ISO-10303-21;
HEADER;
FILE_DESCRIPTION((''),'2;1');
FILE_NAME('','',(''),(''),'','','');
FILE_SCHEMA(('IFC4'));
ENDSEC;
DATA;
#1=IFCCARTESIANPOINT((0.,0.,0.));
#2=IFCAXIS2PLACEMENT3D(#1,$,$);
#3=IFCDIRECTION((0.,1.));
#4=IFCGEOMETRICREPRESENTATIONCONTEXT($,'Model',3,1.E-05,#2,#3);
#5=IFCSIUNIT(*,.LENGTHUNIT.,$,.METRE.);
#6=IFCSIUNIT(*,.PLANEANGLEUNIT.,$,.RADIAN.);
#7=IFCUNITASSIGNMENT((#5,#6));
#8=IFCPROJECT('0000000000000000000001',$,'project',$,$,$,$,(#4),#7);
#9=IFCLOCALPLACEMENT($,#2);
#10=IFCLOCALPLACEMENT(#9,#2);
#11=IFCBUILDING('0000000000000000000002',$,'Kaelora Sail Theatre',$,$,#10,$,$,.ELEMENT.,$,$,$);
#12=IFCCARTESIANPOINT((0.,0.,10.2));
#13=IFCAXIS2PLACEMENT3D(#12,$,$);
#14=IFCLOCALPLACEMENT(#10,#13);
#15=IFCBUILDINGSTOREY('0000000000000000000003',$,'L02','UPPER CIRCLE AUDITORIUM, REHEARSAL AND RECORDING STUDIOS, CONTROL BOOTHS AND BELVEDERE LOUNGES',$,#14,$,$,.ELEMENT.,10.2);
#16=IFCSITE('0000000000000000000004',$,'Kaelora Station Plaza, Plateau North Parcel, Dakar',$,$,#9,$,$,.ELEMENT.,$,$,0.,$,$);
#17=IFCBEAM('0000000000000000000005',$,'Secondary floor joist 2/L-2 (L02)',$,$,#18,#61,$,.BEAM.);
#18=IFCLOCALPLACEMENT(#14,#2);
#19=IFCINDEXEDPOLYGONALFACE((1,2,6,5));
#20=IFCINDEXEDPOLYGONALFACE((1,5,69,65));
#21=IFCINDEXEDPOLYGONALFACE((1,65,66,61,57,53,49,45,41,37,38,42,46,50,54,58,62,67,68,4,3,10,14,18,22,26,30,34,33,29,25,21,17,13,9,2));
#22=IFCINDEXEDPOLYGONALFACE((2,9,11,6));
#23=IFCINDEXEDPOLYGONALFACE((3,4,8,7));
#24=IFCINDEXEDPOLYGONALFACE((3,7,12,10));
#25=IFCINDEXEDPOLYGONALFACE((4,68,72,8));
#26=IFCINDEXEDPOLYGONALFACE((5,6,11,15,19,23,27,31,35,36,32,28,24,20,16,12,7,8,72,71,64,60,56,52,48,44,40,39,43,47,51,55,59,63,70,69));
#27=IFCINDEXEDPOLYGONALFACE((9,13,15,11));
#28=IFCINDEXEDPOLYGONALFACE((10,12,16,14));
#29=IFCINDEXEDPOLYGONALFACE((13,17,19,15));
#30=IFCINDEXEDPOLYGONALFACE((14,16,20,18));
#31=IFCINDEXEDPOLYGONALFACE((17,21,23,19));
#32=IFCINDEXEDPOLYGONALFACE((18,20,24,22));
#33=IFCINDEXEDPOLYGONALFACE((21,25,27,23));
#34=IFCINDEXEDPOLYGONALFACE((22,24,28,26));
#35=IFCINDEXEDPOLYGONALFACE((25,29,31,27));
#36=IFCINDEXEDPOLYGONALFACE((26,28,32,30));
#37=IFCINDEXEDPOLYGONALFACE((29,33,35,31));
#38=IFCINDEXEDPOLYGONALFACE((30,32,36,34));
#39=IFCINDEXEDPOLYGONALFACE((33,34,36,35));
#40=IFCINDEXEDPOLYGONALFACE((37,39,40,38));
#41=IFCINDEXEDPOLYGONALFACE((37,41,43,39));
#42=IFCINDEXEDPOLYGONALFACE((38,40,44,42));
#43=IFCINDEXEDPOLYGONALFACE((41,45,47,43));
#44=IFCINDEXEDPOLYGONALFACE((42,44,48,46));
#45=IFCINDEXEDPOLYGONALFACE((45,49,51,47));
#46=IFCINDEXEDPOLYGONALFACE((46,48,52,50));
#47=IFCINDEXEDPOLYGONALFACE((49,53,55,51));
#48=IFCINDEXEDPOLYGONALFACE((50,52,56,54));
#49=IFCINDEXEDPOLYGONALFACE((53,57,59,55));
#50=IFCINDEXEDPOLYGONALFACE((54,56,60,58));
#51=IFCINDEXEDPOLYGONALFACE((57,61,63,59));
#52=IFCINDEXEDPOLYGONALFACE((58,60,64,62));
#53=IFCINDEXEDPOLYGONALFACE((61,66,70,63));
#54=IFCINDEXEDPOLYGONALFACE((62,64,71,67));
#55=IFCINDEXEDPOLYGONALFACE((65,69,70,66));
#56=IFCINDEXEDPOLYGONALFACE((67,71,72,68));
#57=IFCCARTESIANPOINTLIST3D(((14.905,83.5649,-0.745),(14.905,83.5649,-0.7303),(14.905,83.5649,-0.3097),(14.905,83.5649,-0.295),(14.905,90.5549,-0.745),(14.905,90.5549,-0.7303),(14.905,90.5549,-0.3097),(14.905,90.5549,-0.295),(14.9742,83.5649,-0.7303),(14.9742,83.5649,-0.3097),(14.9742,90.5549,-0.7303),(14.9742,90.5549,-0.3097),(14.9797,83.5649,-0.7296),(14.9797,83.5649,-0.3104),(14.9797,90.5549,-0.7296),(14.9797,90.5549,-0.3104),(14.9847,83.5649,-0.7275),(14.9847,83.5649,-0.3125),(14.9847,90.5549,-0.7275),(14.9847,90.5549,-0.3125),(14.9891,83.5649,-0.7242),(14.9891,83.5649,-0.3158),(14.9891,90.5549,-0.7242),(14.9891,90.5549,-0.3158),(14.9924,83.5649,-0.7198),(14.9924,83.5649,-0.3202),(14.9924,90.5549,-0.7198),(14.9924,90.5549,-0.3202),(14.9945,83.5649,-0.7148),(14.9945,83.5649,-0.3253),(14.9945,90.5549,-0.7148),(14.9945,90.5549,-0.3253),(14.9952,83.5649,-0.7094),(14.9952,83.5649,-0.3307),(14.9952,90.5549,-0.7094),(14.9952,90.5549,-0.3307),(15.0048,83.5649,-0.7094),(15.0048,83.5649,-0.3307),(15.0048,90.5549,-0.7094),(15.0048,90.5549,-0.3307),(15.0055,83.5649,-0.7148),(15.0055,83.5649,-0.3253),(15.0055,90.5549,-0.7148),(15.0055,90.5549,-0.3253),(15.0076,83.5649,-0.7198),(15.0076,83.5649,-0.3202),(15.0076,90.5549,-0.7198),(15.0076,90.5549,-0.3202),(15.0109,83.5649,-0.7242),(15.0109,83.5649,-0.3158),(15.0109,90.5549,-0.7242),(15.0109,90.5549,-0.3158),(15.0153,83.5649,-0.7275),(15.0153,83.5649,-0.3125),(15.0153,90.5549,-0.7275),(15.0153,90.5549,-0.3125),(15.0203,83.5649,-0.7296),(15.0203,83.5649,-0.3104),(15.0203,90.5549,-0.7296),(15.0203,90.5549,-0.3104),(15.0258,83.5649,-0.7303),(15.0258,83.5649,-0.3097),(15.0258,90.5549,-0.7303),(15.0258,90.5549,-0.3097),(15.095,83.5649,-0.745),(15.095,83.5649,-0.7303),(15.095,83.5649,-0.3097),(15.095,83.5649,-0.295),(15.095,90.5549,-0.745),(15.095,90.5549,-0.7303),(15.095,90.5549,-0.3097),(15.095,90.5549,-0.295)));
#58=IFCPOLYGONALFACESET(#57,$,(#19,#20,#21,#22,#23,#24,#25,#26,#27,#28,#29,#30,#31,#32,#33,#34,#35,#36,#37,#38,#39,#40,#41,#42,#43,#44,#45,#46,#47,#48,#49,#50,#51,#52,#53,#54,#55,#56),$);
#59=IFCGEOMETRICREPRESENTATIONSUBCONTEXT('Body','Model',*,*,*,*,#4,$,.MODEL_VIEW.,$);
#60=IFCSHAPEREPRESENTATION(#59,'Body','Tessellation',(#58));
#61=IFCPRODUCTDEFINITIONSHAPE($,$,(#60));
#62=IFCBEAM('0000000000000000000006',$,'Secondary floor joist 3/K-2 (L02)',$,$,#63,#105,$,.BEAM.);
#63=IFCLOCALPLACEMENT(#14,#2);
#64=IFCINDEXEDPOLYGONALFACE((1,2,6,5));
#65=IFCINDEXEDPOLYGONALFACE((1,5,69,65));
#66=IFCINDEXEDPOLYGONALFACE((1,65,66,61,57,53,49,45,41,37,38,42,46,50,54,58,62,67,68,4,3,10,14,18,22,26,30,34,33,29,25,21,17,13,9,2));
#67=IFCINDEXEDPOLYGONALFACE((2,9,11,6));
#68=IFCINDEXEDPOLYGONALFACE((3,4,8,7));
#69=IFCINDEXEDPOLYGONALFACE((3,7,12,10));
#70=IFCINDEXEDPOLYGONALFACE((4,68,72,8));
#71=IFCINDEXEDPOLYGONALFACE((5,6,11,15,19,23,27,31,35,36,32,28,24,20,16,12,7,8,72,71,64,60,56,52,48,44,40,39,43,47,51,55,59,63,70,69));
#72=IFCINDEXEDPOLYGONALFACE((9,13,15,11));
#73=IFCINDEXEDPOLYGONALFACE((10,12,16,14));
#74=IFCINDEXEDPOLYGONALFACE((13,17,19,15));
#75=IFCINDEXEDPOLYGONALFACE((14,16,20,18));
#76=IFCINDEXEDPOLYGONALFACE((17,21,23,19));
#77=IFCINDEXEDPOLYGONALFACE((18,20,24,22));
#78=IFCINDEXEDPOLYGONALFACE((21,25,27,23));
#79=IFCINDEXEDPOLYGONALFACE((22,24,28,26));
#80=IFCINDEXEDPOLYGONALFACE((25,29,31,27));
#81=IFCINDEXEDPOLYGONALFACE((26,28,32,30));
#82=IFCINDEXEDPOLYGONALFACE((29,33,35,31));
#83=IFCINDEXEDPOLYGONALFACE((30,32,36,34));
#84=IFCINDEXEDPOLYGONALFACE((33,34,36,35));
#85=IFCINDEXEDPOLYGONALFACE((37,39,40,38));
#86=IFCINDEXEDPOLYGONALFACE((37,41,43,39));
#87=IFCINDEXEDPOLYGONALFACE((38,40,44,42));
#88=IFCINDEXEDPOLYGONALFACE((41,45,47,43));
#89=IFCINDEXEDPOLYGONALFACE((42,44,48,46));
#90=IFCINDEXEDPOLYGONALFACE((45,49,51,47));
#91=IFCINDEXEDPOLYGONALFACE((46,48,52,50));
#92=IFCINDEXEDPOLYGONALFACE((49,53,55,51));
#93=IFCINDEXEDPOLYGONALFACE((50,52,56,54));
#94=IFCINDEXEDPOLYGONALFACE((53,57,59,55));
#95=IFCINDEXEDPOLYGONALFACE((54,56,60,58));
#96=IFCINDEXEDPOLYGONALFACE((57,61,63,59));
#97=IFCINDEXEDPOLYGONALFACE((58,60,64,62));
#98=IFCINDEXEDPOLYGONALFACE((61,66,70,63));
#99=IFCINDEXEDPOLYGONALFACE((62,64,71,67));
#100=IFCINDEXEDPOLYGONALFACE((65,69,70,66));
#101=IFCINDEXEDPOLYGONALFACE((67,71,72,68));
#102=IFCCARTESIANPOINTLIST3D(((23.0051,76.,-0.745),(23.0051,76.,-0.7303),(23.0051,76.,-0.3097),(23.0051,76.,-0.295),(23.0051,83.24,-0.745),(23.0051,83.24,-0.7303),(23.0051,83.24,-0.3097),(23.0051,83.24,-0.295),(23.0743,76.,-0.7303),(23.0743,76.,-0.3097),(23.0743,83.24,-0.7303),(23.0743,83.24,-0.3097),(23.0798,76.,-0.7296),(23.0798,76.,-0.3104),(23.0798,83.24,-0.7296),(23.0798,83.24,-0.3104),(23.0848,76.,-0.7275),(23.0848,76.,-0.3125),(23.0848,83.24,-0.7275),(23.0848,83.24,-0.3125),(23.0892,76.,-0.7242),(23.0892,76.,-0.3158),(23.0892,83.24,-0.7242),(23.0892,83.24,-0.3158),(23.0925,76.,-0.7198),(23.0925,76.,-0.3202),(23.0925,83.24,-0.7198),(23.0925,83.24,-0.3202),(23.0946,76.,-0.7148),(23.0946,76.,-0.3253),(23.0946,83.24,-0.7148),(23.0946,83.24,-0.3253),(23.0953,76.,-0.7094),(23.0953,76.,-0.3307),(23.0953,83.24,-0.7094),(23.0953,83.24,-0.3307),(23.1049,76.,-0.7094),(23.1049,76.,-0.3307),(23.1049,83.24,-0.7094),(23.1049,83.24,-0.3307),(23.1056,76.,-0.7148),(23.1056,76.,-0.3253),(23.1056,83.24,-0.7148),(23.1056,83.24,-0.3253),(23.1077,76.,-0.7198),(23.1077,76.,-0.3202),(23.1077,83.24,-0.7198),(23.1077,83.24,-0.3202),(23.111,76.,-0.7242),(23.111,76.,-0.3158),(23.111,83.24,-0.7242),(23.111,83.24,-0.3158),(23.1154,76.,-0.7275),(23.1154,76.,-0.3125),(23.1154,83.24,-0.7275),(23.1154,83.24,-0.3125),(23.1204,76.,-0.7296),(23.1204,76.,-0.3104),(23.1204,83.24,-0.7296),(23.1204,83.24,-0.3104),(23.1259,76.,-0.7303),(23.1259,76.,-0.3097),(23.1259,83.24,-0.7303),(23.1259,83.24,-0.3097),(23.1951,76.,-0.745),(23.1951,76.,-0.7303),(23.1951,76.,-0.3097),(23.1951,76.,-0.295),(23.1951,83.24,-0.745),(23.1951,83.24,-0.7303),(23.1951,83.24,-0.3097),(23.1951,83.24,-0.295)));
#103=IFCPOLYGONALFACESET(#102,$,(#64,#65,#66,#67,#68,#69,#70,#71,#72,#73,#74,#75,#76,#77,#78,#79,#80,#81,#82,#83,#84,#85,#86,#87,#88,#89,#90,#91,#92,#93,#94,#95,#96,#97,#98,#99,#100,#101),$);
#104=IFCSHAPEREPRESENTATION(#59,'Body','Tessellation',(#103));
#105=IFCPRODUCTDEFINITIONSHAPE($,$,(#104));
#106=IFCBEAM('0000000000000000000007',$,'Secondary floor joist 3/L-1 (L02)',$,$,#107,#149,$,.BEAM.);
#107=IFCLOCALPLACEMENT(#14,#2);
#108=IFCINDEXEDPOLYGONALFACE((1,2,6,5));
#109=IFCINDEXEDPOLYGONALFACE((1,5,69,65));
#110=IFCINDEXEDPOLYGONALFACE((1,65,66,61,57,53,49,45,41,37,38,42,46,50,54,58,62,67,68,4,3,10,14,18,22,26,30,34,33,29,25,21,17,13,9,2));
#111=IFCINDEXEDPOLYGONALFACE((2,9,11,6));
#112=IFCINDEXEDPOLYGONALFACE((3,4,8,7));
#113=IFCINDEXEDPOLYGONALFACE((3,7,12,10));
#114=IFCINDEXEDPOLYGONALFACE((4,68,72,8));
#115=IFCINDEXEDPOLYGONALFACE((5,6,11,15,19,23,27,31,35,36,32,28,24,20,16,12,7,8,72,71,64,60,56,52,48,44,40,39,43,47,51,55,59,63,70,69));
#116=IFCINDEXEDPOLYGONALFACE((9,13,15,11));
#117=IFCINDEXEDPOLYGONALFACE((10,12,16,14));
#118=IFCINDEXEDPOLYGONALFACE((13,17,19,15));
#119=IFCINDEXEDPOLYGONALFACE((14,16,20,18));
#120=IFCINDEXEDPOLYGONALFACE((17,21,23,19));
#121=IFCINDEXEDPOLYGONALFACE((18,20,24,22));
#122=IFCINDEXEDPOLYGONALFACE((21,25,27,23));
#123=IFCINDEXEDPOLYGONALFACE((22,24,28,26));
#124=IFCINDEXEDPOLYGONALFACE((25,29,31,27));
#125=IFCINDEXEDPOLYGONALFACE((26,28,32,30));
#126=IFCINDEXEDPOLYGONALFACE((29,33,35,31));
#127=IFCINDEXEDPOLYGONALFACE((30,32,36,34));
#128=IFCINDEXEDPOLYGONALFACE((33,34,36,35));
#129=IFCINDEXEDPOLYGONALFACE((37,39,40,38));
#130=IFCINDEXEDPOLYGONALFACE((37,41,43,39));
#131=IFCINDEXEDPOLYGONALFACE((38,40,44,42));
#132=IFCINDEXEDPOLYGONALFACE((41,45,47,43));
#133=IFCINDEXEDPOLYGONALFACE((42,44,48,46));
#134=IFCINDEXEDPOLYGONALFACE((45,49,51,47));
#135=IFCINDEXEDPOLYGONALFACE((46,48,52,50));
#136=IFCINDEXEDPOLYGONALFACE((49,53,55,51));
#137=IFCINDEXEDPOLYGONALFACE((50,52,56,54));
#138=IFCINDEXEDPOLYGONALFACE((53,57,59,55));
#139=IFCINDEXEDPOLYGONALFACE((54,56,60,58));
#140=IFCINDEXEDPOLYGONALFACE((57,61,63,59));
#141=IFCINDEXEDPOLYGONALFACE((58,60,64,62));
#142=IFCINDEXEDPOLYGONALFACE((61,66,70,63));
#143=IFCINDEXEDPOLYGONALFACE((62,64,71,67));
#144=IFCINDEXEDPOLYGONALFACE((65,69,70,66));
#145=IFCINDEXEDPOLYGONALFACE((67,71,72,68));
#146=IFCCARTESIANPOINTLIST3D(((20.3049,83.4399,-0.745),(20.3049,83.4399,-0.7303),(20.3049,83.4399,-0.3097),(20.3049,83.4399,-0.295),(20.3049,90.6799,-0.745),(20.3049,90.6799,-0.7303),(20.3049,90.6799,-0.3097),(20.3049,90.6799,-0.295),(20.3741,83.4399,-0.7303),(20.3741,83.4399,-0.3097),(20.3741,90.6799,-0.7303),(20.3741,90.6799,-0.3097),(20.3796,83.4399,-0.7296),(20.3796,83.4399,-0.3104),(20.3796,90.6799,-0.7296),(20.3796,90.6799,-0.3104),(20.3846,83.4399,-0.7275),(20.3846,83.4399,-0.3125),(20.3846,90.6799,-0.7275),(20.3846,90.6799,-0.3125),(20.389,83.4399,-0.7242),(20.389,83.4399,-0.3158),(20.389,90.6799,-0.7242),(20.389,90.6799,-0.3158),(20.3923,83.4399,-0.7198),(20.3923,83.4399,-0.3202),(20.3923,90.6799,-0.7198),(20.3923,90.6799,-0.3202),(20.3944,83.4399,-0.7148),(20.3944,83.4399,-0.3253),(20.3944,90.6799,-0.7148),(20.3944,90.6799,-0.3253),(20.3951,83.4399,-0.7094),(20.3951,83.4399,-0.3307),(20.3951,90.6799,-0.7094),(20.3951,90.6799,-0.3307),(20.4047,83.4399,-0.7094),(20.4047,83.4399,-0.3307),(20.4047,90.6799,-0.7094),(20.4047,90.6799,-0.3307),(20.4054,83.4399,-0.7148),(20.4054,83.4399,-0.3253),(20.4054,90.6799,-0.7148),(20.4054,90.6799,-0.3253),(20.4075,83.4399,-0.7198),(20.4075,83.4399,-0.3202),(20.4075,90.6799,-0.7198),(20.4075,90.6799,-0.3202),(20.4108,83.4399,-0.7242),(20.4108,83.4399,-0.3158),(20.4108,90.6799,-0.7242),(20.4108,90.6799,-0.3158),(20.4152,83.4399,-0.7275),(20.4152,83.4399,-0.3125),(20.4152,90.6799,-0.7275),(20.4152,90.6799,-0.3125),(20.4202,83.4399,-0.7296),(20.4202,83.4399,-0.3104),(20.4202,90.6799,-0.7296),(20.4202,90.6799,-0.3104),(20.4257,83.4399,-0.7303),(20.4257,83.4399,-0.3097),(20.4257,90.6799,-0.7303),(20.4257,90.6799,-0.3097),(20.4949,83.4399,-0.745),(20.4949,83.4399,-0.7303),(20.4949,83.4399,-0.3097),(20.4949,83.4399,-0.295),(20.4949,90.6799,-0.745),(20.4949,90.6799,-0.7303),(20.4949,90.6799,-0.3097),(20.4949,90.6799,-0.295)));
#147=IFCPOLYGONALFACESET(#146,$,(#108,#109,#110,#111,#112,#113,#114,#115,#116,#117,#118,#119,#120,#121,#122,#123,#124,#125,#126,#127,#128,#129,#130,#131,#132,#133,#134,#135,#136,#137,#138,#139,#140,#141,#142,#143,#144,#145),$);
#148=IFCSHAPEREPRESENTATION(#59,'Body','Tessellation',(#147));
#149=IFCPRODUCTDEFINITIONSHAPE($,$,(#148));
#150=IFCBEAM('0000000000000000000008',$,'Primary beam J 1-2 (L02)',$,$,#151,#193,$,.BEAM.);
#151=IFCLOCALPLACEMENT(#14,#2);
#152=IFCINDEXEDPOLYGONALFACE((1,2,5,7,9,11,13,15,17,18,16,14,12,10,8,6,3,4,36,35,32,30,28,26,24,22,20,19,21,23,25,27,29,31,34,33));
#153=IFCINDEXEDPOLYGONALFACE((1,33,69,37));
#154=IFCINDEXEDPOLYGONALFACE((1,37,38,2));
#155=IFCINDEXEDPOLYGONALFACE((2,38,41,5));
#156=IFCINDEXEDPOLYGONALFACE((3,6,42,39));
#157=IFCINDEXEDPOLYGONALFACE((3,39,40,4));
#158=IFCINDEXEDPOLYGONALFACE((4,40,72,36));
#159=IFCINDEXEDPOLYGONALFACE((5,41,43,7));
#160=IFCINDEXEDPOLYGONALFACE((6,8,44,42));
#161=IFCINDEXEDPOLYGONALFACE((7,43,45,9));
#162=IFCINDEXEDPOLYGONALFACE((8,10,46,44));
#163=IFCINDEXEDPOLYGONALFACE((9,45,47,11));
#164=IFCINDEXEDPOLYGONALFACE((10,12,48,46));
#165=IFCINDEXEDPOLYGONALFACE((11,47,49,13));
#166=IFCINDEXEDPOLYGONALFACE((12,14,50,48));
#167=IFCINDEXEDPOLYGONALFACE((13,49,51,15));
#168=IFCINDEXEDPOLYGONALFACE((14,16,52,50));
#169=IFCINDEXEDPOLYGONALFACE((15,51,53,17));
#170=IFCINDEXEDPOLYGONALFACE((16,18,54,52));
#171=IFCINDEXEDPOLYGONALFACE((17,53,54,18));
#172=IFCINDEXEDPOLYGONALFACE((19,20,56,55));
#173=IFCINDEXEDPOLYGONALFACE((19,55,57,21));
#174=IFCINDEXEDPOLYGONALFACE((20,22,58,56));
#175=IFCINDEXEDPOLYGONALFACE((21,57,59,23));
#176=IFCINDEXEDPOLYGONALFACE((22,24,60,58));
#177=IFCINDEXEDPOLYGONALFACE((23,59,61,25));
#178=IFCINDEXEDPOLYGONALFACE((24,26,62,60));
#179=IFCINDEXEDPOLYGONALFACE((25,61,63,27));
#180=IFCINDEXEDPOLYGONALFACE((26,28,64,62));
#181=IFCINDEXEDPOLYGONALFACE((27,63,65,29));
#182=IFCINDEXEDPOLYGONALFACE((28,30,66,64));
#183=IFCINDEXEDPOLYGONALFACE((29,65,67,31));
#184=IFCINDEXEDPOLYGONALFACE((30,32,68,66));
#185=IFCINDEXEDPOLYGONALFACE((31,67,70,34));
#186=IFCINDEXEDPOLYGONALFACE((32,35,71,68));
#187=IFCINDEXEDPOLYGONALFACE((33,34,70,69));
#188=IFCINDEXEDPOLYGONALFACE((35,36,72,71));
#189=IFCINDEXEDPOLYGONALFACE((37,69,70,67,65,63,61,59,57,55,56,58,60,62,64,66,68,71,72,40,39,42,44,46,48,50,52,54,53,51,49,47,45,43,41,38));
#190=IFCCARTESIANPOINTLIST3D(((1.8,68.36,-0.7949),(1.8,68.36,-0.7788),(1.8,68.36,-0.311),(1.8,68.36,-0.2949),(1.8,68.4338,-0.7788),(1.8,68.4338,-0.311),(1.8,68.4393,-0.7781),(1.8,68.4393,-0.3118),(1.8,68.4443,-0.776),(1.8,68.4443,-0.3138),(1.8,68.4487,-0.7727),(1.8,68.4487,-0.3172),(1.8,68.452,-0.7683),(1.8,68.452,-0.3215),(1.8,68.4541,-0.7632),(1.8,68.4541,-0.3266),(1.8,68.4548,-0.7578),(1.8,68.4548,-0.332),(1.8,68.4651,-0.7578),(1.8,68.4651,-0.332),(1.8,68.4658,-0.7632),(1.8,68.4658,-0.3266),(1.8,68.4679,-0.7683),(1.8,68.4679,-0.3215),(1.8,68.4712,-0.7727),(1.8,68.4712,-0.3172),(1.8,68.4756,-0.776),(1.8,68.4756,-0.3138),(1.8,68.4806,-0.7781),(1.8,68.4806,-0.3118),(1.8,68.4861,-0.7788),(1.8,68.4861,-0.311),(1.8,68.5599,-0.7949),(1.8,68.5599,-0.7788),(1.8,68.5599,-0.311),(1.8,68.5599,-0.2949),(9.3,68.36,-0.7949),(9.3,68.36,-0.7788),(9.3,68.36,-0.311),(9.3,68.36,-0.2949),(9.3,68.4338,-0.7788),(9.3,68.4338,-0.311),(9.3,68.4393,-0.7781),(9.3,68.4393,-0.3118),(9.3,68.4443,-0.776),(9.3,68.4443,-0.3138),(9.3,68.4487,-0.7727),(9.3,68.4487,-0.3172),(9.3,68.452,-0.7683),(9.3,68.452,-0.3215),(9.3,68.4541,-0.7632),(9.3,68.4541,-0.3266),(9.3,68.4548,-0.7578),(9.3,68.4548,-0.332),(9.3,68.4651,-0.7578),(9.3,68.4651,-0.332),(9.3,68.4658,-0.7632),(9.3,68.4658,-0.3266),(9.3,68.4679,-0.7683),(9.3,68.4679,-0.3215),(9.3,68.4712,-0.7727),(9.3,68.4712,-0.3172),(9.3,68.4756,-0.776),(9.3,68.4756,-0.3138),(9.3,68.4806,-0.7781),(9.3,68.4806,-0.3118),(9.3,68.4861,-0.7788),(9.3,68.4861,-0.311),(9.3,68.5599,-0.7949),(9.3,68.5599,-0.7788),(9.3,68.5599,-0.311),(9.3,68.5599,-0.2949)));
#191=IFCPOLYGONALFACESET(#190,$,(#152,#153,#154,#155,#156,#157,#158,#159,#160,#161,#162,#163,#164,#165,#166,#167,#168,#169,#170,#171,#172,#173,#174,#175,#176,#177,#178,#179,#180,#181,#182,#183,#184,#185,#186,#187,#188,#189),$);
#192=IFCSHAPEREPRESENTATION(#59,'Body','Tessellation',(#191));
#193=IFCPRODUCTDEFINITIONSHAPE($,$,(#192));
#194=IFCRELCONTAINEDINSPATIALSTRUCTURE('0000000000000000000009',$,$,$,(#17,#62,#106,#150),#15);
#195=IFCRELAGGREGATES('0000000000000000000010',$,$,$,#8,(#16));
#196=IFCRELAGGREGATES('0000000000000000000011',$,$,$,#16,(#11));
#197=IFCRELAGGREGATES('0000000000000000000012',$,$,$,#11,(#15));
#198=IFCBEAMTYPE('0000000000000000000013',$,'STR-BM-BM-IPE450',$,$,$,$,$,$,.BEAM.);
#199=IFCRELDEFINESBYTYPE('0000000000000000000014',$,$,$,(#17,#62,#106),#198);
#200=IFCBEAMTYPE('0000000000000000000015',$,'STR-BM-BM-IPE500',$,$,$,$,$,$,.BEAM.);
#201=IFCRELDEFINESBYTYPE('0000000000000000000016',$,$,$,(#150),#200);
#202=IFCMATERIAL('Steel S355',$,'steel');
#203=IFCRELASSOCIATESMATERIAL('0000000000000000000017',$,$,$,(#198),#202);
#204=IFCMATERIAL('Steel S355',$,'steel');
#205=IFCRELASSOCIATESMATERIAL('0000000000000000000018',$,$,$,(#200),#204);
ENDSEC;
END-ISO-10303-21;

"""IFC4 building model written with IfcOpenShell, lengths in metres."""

from ifc_helpers import new_model, si_unit, direction, frame, origin, origin_2d, place, context, subcontext, project, spatial, i_section, extrude, material, material_profile, profile_set, type_object, element, save


model = new_model("IFC4")

# Units and contexts
model_context = context("Model", 3, precision=1e-05, world=origin(), true_north=direction((0.0, 1.0)))
body_context = subcontext(model_context, "Body", "Model", "MODEL_VIEW")
ifc_project = project(units=[si_unit("LENGTHUNIT", "METRE"), si_unit("PLANEANGLEUNIT", "RADIAN")], contexts=[model_context])

# Site, building, storey
site_placement = place(None, origin())
site = spatial("IfcSite", under=ifc_project, at=site_placement, Name="Kaelora Station Plaza, Plateau North Parcel, Dakar", CompositionType="ELEMENT", RefElevation=0.0)
building_placement = place(site_placement, origin())
building = spatial("IfcBuilding", under=site, at=building_placement, Name="Kaelora Sail Theatre", CompositionType="ELEMENT")
storey_placement = place(building_placement, frame((0.0, 0.0, 10.2)))
storey = spatial("IfcBuildingStorey", under=building, at=storey_placement, Name="L02", Description="UPPER CIRCLE AUDITORIUM, REHEARSAL AND RECORDING STUDIOS, CONTROL BOOTHS AND BELVEDERE LOUNGES", CompositionType="ELEMENT", Elevation=10.2)

# Beams
ifc_material_1 = material(Name="Steel S355", Category="steel")
ifc_material_profile_1 = material_profile(ifc_material_1, i_section(OverallWidth=0.1899, OverallDepth=0.45, WebThickness=0.0095, FlangeThickness=0.0146, FilletRadius=0.021, at=origin_2d()), Name="IPE 450")
ifc_profile_set_1 = profile_set([ifc_material_profile_1], Name="Steel S355")
beam_type_1 = type_object("IfcBeamType", Name="STR-BM-BM-IPE450", PredefinedType="BEAM", material=ifc_profile_set_1)
beam_1_placement = place(storey_placement, frame((15.0, 83.5649, -0.52), z_axis=(0.0, 1.0, 0.0), x_axis=(-1.0, 0.0, 0.0)))
element("IfcBeam", 1, at=beam_1_placement, inside=storey, type_object=beam_type_1, Name="Secondary floor joist 2/L-2 (L02)", PredefinedType="BEAM", context=body_context, shape_type="SweptSolid", body=[
    extrude(i_section(OverallWidth=0.1899, OverallDepth=0.45, WebThickness=0.0095, FlangeThickness=0.0146, FilletRadius=0.021, at=origin_2d()), origin(), (0.0, 0.0, 1.0), 6.99),
])
for number, where, z_axis, x_axis, name in (
    (2, (23.1001, 76.0, -0.52), (0.0, 1.0, 0.0), (-1.0, 0.0, 0.0), "Secondary floor joist 3/K-2 (L02)"),
    (3, (20.3999, 83.4399, -0.52), (0.0, 1.0, 0.0), (-1.0, 0.0, 0.0), "Secondary floor joist 3/L-1 (L02)"),
):
    element("IfcBeam", number, at=place(storey_placement, frame(where, z_axis=z_axis, x_axis=x_axis)), inside=storey, type_object=beam_type_1, Name=name, PredefinedType="BEAM", context=body_context, shape_type="SweptSolid", body=[
        extrude(i_section(OverallWidth=0.1899, OverallDepth=0.45, WebThickness=0.0095, FlangeThickness=0.0146, FilletRadius=0.021, at=origin_2d()), origin(), (0.0, 0.0, 1.0), 7.24),
    ])
ifc_material_2 = material(Name="Steel S355", Category="steel")
ifc_material_profile_2 = material_profile(ifc_material_2, i_section(OverallWidth=0.2, OverallDepth=0.5, WebThickness=0.0103, FlangeThickness=0.0161, FilletRadius=0.021, at=origin_2d()), Name="IPE 500")
ifc_profile_set_2 = profile_set([ifc_material_profile_2], Name="Steel S355")
beam_type_2 = type_object("IfcBeamType", Name="STR-BM-BM-IPE500", PredefinedType="BEAM", material=ifc_profile_set_2)
for number, where, z_axis, x_axis, name in (
    (4, (1.8, 68.46, -0.5449), (1.0, 0.0, 0.0), (0.0, 1.0, 0.0), "Primary beam J 1-2 (L02)"),
):
    element("IfcBeam", number, at=place(storey_placement, frame(where, z_axis=z_axis, x_axis=x_axis)), inside=storey, type_object=beam_type_2, Name=name, PredefinedType="BEAM", context=body_context, shape_type="SweptSolid", body=[
        extrude(i_section(OverallWidth=0.2, OverallDepth=0.5, WebThickness=0.0103, FlangeThickness=0.0161, FilletRadius=0.021, at=origin_2d()), origin(), (0.0, 0.0, 1.0), 7.5),
    ])

save(model, "model.ifc")
